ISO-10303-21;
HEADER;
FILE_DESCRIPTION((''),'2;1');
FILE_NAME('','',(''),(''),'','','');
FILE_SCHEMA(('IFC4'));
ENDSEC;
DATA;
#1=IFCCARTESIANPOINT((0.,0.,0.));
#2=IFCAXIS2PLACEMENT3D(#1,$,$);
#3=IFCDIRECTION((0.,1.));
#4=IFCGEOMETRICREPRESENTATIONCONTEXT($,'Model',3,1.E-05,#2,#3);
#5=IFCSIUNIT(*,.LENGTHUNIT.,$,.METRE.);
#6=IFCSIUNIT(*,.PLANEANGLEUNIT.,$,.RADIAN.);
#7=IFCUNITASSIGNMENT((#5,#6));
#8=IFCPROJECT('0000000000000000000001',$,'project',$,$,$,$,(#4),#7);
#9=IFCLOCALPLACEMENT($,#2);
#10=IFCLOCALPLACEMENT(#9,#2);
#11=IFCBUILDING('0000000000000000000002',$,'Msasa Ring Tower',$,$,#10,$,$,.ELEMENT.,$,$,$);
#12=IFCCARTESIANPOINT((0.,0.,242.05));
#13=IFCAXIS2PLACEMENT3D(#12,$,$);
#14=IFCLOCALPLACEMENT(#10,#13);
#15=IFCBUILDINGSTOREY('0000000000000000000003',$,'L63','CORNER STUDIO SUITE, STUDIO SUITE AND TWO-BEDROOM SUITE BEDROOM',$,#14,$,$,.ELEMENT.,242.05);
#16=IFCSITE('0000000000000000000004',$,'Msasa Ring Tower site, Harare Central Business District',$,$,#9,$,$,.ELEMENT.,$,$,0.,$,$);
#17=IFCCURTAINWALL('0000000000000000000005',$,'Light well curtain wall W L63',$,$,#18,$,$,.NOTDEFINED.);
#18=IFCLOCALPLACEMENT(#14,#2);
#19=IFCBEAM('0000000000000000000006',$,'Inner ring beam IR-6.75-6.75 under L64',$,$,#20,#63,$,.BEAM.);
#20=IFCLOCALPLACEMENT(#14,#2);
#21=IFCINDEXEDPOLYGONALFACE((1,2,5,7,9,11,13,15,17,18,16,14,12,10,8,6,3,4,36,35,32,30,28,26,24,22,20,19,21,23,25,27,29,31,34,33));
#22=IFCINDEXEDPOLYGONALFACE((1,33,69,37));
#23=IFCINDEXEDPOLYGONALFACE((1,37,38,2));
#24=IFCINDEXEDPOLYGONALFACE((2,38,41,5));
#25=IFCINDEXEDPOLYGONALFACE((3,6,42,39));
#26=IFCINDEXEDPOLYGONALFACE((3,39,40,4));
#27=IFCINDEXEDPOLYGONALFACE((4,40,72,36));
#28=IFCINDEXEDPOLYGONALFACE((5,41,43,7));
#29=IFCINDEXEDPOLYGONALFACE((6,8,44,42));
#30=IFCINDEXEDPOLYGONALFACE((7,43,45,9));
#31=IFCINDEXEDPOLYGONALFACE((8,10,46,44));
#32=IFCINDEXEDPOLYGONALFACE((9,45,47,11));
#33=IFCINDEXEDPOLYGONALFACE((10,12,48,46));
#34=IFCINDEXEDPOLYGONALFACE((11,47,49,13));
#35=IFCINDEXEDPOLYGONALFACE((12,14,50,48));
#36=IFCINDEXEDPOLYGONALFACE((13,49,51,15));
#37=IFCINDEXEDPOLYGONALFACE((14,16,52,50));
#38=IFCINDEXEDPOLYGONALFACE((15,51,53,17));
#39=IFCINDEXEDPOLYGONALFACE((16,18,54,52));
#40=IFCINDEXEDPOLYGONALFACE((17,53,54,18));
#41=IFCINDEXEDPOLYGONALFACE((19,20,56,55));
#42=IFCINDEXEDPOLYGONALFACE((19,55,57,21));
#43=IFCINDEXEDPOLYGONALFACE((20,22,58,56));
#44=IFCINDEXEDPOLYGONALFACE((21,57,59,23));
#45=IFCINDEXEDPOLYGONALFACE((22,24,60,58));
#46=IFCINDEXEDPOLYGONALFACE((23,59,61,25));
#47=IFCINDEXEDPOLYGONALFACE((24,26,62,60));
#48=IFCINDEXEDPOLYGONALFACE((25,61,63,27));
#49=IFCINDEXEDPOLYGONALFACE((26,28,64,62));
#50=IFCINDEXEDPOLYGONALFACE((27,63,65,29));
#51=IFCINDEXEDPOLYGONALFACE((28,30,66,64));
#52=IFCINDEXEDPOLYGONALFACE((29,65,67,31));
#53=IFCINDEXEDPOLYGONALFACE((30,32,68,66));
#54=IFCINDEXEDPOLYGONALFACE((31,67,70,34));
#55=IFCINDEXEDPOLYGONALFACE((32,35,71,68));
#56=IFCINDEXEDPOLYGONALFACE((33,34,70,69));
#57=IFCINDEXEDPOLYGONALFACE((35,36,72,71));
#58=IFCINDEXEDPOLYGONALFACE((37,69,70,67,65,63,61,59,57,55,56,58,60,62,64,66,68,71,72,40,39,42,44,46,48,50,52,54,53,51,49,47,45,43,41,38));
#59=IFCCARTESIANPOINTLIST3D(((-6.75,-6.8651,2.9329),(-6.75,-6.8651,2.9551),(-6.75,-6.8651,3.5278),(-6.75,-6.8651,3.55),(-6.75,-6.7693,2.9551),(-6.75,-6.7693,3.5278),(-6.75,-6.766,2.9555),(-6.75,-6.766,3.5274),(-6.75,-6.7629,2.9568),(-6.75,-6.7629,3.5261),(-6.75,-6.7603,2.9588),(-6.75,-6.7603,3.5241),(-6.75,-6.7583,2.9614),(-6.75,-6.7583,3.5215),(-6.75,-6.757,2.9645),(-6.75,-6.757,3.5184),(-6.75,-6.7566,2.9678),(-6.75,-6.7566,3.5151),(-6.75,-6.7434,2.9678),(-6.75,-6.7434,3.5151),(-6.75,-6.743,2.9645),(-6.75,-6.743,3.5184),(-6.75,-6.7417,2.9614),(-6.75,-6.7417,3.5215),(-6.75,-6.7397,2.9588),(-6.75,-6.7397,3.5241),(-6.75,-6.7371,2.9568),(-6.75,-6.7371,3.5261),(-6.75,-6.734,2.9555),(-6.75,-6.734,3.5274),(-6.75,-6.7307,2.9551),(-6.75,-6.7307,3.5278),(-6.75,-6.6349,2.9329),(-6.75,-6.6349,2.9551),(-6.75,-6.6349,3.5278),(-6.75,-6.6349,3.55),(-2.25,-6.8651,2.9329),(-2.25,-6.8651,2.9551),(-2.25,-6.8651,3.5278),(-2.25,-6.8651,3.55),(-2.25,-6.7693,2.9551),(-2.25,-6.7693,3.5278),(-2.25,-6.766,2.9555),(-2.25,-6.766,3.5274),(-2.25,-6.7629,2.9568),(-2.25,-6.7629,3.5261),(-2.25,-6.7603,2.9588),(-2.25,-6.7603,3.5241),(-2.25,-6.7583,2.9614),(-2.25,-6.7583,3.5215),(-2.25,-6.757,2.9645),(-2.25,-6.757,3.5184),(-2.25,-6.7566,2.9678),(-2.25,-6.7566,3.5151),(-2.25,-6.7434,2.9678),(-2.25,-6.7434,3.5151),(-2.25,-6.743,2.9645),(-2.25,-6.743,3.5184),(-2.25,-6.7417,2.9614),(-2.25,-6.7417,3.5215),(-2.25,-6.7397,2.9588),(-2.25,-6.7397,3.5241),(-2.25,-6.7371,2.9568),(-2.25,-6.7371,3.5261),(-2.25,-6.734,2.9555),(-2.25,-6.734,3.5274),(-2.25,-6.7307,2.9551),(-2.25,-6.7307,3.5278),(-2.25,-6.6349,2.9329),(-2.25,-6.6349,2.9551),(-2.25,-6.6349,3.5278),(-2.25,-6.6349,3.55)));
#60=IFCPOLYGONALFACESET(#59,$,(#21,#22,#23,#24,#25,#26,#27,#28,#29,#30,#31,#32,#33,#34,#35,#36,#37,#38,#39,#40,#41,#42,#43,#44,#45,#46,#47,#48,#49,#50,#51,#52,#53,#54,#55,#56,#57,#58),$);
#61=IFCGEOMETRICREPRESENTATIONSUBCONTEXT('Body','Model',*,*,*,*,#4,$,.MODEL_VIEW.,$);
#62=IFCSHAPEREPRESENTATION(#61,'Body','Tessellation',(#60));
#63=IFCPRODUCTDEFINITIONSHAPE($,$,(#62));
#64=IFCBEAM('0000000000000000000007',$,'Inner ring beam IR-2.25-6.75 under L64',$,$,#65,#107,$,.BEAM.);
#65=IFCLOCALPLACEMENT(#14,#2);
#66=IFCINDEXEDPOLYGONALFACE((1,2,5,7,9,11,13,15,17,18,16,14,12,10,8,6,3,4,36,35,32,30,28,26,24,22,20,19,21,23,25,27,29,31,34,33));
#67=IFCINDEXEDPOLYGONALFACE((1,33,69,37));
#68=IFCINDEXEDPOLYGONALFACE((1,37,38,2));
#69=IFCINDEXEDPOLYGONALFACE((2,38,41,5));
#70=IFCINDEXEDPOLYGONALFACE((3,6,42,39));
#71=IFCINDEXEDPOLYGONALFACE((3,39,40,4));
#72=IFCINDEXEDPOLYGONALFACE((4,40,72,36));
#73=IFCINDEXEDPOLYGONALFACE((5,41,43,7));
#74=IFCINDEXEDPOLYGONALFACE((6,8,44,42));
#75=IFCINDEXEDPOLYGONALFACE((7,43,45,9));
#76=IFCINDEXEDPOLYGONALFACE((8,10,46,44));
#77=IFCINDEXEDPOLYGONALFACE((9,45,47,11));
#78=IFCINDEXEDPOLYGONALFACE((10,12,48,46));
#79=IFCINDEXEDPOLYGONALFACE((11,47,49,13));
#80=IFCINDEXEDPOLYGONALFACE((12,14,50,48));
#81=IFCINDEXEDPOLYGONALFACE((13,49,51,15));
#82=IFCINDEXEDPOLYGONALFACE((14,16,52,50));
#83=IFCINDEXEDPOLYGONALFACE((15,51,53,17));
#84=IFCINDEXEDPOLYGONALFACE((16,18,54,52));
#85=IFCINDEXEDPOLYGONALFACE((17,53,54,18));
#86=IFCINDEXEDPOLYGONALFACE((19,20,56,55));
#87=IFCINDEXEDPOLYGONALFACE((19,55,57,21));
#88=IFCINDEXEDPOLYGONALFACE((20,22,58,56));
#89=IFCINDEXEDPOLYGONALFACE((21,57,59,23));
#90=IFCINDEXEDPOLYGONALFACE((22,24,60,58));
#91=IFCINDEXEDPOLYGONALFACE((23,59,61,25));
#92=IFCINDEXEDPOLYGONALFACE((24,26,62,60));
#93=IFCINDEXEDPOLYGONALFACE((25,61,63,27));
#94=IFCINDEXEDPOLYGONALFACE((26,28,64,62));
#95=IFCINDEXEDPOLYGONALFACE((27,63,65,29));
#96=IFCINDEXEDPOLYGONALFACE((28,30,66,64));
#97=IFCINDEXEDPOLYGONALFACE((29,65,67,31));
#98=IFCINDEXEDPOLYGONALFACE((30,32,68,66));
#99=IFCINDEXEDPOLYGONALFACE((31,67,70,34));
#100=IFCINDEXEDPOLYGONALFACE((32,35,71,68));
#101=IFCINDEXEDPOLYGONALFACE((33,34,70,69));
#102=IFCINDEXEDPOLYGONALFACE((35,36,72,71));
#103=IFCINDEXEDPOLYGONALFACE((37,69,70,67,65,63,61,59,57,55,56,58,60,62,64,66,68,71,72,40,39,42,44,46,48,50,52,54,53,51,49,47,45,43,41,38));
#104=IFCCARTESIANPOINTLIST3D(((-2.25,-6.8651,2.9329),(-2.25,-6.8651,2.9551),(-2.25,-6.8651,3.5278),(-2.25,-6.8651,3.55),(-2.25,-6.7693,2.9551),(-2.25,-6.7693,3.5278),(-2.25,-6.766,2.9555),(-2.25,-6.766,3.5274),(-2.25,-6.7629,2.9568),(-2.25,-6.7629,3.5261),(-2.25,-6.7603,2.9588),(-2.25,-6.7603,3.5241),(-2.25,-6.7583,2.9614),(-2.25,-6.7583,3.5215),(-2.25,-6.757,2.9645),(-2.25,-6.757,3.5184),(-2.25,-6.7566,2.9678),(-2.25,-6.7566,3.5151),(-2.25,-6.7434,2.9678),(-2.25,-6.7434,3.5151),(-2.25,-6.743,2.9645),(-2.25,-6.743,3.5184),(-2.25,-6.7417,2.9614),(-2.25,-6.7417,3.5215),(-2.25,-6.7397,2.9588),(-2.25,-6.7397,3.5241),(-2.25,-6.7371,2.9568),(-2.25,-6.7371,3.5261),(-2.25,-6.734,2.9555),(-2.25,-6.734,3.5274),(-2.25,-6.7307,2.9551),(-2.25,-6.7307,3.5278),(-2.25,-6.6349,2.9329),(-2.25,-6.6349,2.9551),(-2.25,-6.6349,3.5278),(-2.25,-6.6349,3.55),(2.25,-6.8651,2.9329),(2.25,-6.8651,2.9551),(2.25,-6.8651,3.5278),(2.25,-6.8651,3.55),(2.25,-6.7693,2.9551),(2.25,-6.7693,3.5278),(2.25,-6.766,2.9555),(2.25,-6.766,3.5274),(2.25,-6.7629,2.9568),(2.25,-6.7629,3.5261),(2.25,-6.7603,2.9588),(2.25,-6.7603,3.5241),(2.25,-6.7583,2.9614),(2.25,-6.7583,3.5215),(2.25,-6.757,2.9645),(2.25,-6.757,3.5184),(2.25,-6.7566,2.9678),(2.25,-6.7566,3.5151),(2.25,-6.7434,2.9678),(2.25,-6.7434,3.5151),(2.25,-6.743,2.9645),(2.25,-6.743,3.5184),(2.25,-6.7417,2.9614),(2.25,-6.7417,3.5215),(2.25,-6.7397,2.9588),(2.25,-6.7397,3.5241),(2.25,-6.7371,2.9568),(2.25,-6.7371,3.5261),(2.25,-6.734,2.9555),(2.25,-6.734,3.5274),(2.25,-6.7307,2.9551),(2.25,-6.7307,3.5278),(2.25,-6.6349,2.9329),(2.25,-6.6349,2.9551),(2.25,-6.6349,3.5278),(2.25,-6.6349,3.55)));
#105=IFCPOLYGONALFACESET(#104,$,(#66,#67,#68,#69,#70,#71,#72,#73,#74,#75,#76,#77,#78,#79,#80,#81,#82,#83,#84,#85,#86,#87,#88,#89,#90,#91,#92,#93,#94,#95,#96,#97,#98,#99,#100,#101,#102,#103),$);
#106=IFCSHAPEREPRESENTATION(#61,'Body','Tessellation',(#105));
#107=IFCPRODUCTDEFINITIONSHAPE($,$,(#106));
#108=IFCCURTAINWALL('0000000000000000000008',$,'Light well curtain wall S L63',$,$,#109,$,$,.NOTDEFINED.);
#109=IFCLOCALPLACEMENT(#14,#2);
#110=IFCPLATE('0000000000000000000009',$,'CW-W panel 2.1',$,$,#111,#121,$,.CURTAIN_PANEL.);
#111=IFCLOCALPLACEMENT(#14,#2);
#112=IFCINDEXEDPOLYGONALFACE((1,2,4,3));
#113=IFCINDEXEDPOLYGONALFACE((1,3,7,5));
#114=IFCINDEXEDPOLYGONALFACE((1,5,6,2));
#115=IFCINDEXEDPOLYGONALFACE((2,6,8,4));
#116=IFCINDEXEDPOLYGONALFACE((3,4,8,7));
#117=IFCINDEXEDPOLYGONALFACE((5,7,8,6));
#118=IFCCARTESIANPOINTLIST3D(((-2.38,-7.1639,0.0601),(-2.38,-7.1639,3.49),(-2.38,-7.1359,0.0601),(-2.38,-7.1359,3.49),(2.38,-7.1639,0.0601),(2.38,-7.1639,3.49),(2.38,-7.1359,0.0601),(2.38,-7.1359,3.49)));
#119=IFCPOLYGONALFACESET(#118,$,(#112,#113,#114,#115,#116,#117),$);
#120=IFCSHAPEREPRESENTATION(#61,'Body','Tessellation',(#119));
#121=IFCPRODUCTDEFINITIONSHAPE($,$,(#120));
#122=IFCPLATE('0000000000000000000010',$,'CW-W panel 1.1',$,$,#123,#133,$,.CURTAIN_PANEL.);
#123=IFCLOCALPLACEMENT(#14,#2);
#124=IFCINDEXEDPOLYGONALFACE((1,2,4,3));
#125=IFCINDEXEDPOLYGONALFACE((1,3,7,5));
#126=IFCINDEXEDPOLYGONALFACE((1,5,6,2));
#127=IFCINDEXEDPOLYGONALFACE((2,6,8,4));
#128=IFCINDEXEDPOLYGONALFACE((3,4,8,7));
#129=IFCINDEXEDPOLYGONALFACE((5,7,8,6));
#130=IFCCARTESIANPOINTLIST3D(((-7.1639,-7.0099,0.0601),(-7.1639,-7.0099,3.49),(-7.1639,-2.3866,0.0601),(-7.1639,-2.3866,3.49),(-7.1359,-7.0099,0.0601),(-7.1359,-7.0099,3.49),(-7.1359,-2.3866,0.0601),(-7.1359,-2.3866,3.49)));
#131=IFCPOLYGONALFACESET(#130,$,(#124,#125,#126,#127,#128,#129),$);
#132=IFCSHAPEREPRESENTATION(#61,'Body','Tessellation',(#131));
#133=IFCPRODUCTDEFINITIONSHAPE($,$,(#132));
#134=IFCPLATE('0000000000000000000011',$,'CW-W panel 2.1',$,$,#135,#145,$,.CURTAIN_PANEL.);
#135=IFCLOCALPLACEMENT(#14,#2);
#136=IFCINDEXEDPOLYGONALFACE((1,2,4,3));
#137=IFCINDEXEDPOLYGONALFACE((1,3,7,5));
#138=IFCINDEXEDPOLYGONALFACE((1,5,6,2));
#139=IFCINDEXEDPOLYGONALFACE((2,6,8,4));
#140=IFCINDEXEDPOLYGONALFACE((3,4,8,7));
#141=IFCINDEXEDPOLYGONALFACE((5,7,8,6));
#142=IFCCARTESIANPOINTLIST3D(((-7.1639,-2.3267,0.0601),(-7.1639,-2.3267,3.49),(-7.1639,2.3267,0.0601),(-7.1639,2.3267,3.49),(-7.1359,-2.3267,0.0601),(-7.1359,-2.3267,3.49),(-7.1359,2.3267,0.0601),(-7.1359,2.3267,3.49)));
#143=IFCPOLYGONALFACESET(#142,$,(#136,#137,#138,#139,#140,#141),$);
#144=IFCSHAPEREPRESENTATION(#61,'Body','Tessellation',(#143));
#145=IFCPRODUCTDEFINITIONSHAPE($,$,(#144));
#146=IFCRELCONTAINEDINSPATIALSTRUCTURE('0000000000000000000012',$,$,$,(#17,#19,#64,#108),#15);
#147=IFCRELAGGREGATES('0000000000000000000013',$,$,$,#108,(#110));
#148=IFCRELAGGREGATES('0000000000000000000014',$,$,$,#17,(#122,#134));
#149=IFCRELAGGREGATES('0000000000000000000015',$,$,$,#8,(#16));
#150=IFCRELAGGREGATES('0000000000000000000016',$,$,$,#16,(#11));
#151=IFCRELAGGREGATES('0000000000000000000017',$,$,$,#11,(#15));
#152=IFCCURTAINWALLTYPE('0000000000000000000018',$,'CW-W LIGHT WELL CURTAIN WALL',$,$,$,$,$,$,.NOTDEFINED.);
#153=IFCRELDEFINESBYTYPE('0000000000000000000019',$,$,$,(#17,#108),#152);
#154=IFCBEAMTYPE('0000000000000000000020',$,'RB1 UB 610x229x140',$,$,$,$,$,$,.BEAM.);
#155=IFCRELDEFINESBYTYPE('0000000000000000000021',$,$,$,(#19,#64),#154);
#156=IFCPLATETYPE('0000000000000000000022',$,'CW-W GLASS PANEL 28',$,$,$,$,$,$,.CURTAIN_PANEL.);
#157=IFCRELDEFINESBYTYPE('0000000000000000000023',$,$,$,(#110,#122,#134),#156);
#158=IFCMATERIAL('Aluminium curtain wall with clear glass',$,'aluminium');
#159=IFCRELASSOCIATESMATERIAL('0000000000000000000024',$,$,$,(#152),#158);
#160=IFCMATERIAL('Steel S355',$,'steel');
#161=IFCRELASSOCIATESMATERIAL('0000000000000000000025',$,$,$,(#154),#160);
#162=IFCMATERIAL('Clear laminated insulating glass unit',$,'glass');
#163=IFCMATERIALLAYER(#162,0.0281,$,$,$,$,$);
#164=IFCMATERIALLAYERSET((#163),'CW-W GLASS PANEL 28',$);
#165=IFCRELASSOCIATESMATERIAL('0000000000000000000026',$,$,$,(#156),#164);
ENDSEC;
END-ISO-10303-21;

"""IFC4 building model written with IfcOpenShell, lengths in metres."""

from ifc_helpers import new_model, si_unit, direction, frame, origin, origin_2d, place, context, subcontext, project, spatial, rectangle, i_section, extrude, material, layer, layer_set, material_profile, profile_set, type_object, element, aggregate, save


model = new_model("IFC4")

# Units and contexts
model_context = context("Model", 3, precision=1e-05, world=origin(), true_north=direction((0.0, 1.0)))
body_context = subcontext(model_context, "Body", "Model", "MODEL_VIEW")
ifc_project = project(units=[si_unit("LENGTHUNIT", "METRE"), si_unit("PLANEANGLEUNIT", "RADIAN")], contexts=[model_context])

# Site, building, storey
site_placement = place(None, origin())
site = spatial("IfcSite", under=ifc_project, at=site_placement, Name="Msasa Ring Tower site, Harare Central Business District", CompositionType="ELEMENT", RefElevation=0.0)
building_placement = place(site_placement, origin())
building = spatial("IfcBuilding", under=site, at=building_placement, Name="Msasa Ring Tower", CompositionType="ELEMENT")
storey_placement = place(building_placement, frame((0.0, 0.0, 242.05)))
storey = spatial("IfcBuildingStorey", under=building, at=storey_placement, Name="L63", Description="CORNER STUDIO SUITE, STUDIO SUITE AND TWO-BEDROOM SUITE BEDROOM", CompositionType="ELEMENT", Elevation=242.05)

# Curtain wall
ifc_material_1 = material(Name="Aluminium curtain wall with clear glass", Category="aluminium")
curtain_wall_type = type_object("IfcCurtainWallType", Name="CW-W LIGHT WELL CURTAIN WALL", PredefinedType="NOTDEFINED", material=ifc_material_1)
curtain_wall_1_placement = place(storey_placement, origin())
curtain_wall_1 = element("IfcCurtainWall", 1, at=curtain_wall_1_placement, inside=storey, type_object=curtain_wall_type, Name="Light well curtain wall W L63", PredefinedType="NOTDEFINED")

# Beams
ifc_material_2 = material(Name="Steel S355", Category="steel")
ifc_material_profile_1 = material_profile(ifc_material_2, i_section(OverallWidth=0.2302, OverallDepth=0.6172, WebThickness=0.0132, FlangeThickness=0.0222, FilletRadius=0.0127, at=origin_2d()), Name="UB 610x229x140")
ifc_profile_set_1 = profile_set([ifc_material_profile_1], Name="Steel S355")
beam_type = type_object("IfcBeamType", Name="RB1 UB 610x229x140", PredefinedType="BEAM", material=ifc_profile_set_1)
for number, where, z_axis, x_axis, name in (
    (2, (-6.75, -6.75, 3.2415), (1.0, 0.0, 0.0), (0.0, 1.0, 0.0), "Inner ring beam IR-6.75-6.75 under L64"),
    (3, (-2.25, -6.75, 3.2415), (1.0, 0.0, 0.0), (0.0, 1.0, 0.0), "Inner ring beam IR-2.25-6.75 under L64"),
):
    element("IfcBeam", number, at=place(storey_placement, frame(where, z_axis=z_axis, x_axis=x_axis)), inside=storey, type_object=beam_type, Name=name, PredefinedType="BEAM", context=body_context, shape_type="SweptSolid", body=[
        extrude(i_section(OverallWidth=0.2302, OverallDepth=0.6172, WebThickness=0.0132, FlangeThickness=0.0222, FilletRadius=0.0127, at=origin_2d()), origin(), (0.0, 0.0, 1.0), 4.5),
    ])

# Curtain wall, plate
curtain_wall_2_placement = place(storey_placement, origin())
curtain_wall_2 = element("IfcCurtainWall", 4, at=curtain_wall_2_placement, inside=storey, type_object=curtain_wall_type, Name="Light well curtain wall S L63", PredefinedType="NOTDEFINED")
ifc_material_3 = material(Name="Clear laminated insulating glass unit", Category="glass")
ifc_layer_1 = layer(ifc_material_3, 0.0281)
ifc_layer_set_1 = layer_set([ifc_layer_1], Name="CW-W GLASS PANEL 28")
plate_type = type_object("IfcPlateType", Name="CW-W GLASS PANEL 28", PredefinedType="CURTAIN_PANEL", material=ifc_layer_set_1)
plate_1_placement = place(storey_placement, frame((0.0, -7.1499, 0.0601), z_axis=(0.0, 0.0, 1.0), x_axis=(1.0, 0.0, 0.0)))
plate_1 = element("IfcPlate", 5, at=plate_1_placement, type_object=plate_type, Name="CW-W panel 2.1", PredefinedType="CURTAIN_PANEL", context=body_context, shape_type="SweptSolid", body=[
    extrude(rectangle(XDim=4.76, YDim=0.0281, at=origin_2d()), origin(), (0.0, 0.0, 1.0), 3.4299),
])
aggregate(curtain_wall_2, [plate_1])

# Plates
plate_2_placement = place(storey_placement, frame((-7.1499, -4.6982, 0.0601), z_axis=(0.0, 0.0, 1.0), x_axis=(0.0, 1.0, 0.0)))
plate_2 = element("IfcPlate", 6, at=plate_2_placement, type_object=plate_type, Name="CW-W panel 1.1", PredefinedType="CURTAIN_PANEL", context=body_context, shape_type="SweptSolid", body=[
    extrude(rectangle(XDim=4.6233, YDim=0.0281, at=origin_2d()), origin(), (0.0, 0.0, 1.0), 3.4299),
])
plate_3_placement = place(storey_placement, frame((-7.1499, 0.0, 0.0601), z_axis=(0.0, 0.0, 1.0), x_axis=(0.0, 1.0, 0.0)))
plate_3 = element("IfcPlate", 7, at=plate_3_placement, type_object=plate_type, Name="CW-W panel 2.1", PredefinedType="CURTAIN_PANEL", context=body_context, shape_type="SweptSolid", body=[
    extrude(rectangle(XDim=4.6533, YDim=0.0281, at=origin_2d()), origin(), (0.0, 0.0, 1.0), 3.4299),
])
aggregate(curtain_wall_1, [plate_2, plate_3])

save(model, "model.ifc")
